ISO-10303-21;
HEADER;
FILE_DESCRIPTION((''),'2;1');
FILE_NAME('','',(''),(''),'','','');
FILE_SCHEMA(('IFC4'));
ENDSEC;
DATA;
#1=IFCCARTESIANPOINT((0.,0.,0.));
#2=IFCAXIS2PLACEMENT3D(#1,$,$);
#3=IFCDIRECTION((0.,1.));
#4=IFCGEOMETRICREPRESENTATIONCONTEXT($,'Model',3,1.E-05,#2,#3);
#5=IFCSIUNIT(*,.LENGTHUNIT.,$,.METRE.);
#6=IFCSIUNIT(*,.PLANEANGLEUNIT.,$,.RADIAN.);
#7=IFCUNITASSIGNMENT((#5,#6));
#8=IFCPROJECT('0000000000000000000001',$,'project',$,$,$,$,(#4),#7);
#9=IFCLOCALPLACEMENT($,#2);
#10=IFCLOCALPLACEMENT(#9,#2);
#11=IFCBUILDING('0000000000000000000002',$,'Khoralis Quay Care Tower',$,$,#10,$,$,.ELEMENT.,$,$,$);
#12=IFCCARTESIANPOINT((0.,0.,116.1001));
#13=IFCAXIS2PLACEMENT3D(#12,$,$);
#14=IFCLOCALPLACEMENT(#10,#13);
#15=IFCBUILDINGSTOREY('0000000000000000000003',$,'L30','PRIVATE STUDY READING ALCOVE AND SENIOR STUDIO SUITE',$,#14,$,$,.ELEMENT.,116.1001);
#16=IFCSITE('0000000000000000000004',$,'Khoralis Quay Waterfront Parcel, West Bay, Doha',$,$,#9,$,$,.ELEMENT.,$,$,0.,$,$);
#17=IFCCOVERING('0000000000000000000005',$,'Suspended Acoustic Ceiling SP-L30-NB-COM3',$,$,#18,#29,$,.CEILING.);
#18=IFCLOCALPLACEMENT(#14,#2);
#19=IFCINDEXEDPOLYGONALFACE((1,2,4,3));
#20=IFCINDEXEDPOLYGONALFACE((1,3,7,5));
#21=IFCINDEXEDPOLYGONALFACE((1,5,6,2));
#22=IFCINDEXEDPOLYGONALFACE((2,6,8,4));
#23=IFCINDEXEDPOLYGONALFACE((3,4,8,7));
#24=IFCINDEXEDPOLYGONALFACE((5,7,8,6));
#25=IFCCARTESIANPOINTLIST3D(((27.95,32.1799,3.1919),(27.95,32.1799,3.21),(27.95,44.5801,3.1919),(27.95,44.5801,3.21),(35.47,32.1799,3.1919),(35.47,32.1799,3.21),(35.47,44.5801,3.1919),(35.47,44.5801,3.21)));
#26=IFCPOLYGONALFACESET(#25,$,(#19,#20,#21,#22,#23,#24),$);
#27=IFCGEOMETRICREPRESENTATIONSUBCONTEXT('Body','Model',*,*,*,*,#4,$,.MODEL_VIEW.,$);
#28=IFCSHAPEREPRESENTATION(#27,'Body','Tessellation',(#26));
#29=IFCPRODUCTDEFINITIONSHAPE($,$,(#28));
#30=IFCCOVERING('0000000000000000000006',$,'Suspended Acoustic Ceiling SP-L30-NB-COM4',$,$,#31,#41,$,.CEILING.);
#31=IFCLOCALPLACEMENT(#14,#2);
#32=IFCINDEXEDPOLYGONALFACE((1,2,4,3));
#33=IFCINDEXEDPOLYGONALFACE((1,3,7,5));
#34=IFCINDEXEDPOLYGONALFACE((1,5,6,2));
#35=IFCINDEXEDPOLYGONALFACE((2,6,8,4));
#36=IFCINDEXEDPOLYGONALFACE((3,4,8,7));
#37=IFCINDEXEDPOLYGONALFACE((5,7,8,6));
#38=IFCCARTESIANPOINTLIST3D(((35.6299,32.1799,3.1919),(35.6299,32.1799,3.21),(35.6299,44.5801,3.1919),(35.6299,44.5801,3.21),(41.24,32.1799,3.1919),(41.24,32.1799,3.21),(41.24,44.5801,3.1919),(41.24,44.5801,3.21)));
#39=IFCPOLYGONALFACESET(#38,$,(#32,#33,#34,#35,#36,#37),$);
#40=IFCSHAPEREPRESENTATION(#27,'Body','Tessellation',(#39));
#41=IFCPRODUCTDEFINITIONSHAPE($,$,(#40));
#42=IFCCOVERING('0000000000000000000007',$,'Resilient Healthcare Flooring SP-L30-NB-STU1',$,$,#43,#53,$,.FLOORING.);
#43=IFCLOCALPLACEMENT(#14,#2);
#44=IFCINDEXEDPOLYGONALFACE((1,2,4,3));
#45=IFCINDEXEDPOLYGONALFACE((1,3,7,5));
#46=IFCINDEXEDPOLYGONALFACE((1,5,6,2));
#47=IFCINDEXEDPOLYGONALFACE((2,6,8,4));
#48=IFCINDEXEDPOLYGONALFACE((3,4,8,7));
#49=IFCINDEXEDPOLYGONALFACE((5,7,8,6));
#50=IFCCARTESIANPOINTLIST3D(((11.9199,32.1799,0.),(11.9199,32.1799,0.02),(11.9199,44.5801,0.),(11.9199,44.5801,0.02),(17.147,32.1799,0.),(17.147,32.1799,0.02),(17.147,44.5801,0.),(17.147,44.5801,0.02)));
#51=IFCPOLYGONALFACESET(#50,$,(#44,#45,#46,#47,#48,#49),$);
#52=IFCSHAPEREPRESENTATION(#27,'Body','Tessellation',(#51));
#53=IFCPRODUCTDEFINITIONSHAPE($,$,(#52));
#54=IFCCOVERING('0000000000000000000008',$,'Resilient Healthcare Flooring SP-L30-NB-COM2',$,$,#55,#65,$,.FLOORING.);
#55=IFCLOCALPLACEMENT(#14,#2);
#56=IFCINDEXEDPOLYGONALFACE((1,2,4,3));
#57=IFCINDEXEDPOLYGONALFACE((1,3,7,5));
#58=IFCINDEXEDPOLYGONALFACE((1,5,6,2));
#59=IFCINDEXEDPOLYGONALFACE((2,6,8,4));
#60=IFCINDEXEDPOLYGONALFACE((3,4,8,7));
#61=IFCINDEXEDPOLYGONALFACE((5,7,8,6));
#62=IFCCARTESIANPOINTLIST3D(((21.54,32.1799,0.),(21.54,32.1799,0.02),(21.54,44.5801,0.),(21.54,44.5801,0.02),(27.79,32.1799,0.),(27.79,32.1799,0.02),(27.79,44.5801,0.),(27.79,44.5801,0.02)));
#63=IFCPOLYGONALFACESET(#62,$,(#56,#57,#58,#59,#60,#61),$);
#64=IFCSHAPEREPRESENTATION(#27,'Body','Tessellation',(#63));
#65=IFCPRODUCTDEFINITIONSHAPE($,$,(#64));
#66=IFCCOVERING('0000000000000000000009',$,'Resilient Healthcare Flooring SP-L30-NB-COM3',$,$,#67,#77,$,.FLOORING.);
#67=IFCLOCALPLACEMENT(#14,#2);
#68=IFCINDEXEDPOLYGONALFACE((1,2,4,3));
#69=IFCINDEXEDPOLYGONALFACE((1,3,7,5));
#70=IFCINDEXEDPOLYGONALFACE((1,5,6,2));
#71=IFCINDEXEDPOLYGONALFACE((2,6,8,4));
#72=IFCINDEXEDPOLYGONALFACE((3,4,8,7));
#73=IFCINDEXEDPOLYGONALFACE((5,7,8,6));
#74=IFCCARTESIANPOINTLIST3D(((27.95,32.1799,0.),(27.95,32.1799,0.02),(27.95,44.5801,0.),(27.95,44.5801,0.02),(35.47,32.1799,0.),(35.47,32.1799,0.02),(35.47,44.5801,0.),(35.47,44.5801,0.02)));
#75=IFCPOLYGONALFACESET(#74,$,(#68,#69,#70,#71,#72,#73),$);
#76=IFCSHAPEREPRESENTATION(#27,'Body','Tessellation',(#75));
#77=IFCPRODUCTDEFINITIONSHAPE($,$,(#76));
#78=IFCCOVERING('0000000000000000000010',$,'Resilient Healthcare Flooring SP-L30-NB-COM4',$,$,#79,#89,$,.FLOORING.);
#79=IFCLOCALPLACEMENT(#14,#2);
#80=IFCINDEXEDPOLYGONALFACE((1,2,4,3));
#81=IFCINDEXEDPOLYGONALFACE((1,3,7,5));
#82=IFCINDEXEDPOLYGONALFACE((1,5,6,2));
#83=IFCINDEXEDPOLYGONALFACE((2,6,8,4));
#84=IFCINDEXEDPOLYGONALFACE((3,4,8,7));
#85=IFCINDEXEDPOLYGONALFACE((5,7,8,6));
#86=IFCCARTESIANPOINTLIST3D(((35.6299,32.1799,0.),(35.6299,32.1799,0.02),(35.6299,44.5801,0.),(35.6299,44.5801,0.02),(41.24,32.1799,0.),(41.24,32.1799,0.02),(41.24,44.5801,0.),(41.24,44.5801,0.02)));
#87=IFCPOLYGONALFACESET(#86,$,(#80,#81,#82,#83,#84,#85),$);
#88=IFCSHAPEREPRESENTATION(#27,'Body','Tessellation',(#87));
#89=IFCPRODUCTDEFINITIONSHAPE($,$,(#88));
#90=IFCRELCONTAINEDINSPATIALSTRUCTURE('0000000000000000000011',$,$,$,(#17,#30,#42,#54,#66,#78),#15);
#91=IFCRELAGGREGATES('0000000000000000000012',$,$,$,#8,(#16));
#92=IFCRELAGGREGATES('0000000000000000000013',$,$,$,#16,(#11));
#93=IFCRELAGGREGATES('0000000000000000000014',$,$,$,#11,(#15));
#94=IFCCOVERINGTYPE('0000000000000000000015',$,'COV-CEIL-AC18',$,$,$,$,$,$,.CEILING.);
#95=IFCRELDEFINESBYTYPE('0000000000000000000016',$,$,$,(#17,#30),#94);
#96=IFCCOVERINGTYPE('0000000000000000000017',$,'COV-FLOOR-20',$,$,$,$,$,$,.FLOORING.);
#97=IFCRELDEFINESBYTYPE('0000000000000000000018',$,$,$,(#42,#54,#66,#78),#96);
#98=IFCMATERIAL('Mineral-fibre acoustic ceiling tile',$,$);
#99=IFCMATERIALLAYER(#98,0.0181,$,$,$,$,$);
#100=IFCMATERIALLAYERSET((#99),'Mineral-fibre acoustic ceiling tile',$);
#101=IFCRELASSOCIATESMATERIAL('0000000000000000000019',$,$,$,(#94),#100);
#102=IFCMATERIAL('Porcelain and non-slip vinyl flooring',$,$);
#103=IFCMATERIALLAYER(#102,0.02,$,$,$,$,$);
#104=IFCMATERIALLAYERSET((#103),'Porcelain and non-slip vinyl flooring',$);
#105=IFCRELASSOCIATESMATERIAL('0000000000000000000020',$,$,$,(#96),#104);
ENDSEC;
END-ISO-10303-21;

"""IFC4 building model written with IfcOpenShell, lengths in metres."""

from ifc_helpers import new_model, si_unit, direction, frame, origin, place, context, subcontext, project, spatial, polyline, outline, extrude, material, layer, layer_set, type_object, element, save


model = new_model("IFC4")

# Units and contexts
model_context = context("Model", 3, precision=1e-05, world=origin(), true_north=direction((0.0, 1.0)))
body_context = subcontext(model_context, "Body", "Model", "MODEL_VIEW")
ifc_project = project(units=[si_unit("LENGTHUNIT", "METRE"), si_unit("PLANEANGLEUNIT", "RADIAN")], contexts=[model_context])

# Site, building, storey
site_placement = place(None, origin())
site = spatial("IfcSite", under=ifc_project, at=site_placement, Name="Khoralis Quay Waterfront Parcel, West Bay, Doha", CompositionType="ELEMENT", RefElevation=0.0)
building_placement = place(site_placement, origin())
building = spatial("IfcBuilding", under=site, at=building_placement, Name="Khoralis Quay Care Tower", CompositionType="ELEMENT")
storey_placement = place(building_placement, frame((0.0, 0.0, 116.1001)))
storey = spatial("IfcBuildingStorey", under=building, at=storey_placement, Name="L30", Description="PRIVATE STUDY READING ALCOVE AND SENIOR STUDIO SUITE", CompositionType="ELEMENT", Elevation=116.1001)

# Coverings
ifc_material_1 = material(Name="Mineral-fibre acoustic ceiling tile")
ifc_layer_1 = layer(ifc_material_1, 0.0181)
ifc_layer_set_1 = layer_set([ifc_layer_1], Name="Mineral-fibre acoustic ceiling tile")
covering_type_1 = type_object("IfcCoveringType", Name="COV-CEIL-AC18", PredefinedType="CEILING", material=ifc_layer_set_1)
covering_1_placement = place(storey_placement, frame((0.0, 0.0, 3.1919)))
element("IfcCovering", 1, at=covering_1_placement, inside=storey, type_object=covering_type_1, Name="Suspended Acoustic Ceiling SP-L30-NB-COM3", PredefinedType="CEILING", context=body_context, shape_type="SweptSolid", body=[
    extrude(outline(polyline([(27.95, 32.1799), (35.47, 32.1799), (35.47, 44.5801), (27.95, 44.5801), (27.95, 32.1799)])), origin(), (0.0, 0.0, 1.0), 0.0181),
])
covering_2_placement = place(storey_placement, frame((0.0, 0.0, 3.1919)))
element("IfcCovering", 2, at=covering_2_placement, inside=storey, type_object=covering_type_1, Name="Suspended Acoustic Ceiling SP-L30-NB-COM4", PredefinedType="CEILING", context=body_context, shape_type="SweptSolid", body=[
    extrude(outline(polyline([(35.6299, 32.1799), (41.24, 32.1799), (41.24, 44.5801), (35.6299, 44.5801), (35.6299, 32.1799)])), origin(), (0.0, 0.0, 1.0), 0.0181),
])
ifc_material_2 = material(Name="Porcelain and non-slip vinyl flooring")
ifc_layer_2 = layer(ifc_material_2, 0.02)
ifc_layer_set_2 = layer_set([ifc_layer_2], Name="Porcelain and non-slip vinyl flooring")
covering_type_2 = type_object("IfcCoveringType", Name="COV-FLOOR-20", PredefinedType="FLOORING", material=ifc_layer_set_2)
covering_3_placement = place(storey_placement, origin())
element("IfcCovering", 3, at=covering_3_placement, inside=storey, type_object=covering_type_2, Name="Resilient Healthcare Flooring SP-L30-NB-STU1", PredefinedType="FLOORING", context=body_context, shape_type="SweptSolid", body=[
    extrude(outline(polyline([(11.9199, 32.1799), (17.147, 32.1799), (17.147, 44.5801), (11.9199, 44.5801), (11.9199, 32.1799)])), origin(), (0.0, 0.0, 1.0), 0.02),
])
covering_4_placement = place(storey_placement, origin())
element("IfcCovering", 4, at=covering_4_placement, inside=storey, type_object=covering_type_2, Name="Resilient Healthcare Flooring SP-L30-NB-COM2", PredefinedType="FLOORING", context=body_context, shape_type="SweptSolid", body=[
    extrude(outline(polyline([(21.54, 32.1799), (27.79, 32.1799), (27.79, 44.5801), (21.54, 44.5801), (21.54, 32.1799)])), origin(), (0.0, 0.0, 1.0), 0.02),
])
covering_5_placement = place(storey_placement, origin())
element("IfcCovering", 5, at=covering_5_placement, inside=storey, type_object=covering_type_2, Name="Resilient Healthcare Flooring SP-L30-NB-COM3", PredefinedType="FLOORING", context=body_context, shape_type="SweptSolid", body=[
    extrude(outline(polyline([(27.95, 32.1799), (35.47, 32.1799), (35.47, 44.5801), (27.95, 44.5801), (27.95, 32.1799)])), origin(), (0.0, 0.0, 1.0), 0.02),
])
covering_6_placement = place(storey_placement, origin())
element("IfcCovering", 6, at=covering_6_placement, inside=storey, type_object=covering_type_2, Name="Resilient Healthcare Flooring SP-L30-NB-COM4", PredefinedType="FLOORING", context=body_context, shape_type="SweptSolid", body=[
    extrude(outline(polyline([(35.6299, 32.1799), (41.24, 32.1799), (41.24, 44.5801), (35.6299, 44.5801), (35.6299, 32.1799)])), origin(), (0.0, 0.0, 1.0), 0.02),
])

save(model, "model.ifc")
